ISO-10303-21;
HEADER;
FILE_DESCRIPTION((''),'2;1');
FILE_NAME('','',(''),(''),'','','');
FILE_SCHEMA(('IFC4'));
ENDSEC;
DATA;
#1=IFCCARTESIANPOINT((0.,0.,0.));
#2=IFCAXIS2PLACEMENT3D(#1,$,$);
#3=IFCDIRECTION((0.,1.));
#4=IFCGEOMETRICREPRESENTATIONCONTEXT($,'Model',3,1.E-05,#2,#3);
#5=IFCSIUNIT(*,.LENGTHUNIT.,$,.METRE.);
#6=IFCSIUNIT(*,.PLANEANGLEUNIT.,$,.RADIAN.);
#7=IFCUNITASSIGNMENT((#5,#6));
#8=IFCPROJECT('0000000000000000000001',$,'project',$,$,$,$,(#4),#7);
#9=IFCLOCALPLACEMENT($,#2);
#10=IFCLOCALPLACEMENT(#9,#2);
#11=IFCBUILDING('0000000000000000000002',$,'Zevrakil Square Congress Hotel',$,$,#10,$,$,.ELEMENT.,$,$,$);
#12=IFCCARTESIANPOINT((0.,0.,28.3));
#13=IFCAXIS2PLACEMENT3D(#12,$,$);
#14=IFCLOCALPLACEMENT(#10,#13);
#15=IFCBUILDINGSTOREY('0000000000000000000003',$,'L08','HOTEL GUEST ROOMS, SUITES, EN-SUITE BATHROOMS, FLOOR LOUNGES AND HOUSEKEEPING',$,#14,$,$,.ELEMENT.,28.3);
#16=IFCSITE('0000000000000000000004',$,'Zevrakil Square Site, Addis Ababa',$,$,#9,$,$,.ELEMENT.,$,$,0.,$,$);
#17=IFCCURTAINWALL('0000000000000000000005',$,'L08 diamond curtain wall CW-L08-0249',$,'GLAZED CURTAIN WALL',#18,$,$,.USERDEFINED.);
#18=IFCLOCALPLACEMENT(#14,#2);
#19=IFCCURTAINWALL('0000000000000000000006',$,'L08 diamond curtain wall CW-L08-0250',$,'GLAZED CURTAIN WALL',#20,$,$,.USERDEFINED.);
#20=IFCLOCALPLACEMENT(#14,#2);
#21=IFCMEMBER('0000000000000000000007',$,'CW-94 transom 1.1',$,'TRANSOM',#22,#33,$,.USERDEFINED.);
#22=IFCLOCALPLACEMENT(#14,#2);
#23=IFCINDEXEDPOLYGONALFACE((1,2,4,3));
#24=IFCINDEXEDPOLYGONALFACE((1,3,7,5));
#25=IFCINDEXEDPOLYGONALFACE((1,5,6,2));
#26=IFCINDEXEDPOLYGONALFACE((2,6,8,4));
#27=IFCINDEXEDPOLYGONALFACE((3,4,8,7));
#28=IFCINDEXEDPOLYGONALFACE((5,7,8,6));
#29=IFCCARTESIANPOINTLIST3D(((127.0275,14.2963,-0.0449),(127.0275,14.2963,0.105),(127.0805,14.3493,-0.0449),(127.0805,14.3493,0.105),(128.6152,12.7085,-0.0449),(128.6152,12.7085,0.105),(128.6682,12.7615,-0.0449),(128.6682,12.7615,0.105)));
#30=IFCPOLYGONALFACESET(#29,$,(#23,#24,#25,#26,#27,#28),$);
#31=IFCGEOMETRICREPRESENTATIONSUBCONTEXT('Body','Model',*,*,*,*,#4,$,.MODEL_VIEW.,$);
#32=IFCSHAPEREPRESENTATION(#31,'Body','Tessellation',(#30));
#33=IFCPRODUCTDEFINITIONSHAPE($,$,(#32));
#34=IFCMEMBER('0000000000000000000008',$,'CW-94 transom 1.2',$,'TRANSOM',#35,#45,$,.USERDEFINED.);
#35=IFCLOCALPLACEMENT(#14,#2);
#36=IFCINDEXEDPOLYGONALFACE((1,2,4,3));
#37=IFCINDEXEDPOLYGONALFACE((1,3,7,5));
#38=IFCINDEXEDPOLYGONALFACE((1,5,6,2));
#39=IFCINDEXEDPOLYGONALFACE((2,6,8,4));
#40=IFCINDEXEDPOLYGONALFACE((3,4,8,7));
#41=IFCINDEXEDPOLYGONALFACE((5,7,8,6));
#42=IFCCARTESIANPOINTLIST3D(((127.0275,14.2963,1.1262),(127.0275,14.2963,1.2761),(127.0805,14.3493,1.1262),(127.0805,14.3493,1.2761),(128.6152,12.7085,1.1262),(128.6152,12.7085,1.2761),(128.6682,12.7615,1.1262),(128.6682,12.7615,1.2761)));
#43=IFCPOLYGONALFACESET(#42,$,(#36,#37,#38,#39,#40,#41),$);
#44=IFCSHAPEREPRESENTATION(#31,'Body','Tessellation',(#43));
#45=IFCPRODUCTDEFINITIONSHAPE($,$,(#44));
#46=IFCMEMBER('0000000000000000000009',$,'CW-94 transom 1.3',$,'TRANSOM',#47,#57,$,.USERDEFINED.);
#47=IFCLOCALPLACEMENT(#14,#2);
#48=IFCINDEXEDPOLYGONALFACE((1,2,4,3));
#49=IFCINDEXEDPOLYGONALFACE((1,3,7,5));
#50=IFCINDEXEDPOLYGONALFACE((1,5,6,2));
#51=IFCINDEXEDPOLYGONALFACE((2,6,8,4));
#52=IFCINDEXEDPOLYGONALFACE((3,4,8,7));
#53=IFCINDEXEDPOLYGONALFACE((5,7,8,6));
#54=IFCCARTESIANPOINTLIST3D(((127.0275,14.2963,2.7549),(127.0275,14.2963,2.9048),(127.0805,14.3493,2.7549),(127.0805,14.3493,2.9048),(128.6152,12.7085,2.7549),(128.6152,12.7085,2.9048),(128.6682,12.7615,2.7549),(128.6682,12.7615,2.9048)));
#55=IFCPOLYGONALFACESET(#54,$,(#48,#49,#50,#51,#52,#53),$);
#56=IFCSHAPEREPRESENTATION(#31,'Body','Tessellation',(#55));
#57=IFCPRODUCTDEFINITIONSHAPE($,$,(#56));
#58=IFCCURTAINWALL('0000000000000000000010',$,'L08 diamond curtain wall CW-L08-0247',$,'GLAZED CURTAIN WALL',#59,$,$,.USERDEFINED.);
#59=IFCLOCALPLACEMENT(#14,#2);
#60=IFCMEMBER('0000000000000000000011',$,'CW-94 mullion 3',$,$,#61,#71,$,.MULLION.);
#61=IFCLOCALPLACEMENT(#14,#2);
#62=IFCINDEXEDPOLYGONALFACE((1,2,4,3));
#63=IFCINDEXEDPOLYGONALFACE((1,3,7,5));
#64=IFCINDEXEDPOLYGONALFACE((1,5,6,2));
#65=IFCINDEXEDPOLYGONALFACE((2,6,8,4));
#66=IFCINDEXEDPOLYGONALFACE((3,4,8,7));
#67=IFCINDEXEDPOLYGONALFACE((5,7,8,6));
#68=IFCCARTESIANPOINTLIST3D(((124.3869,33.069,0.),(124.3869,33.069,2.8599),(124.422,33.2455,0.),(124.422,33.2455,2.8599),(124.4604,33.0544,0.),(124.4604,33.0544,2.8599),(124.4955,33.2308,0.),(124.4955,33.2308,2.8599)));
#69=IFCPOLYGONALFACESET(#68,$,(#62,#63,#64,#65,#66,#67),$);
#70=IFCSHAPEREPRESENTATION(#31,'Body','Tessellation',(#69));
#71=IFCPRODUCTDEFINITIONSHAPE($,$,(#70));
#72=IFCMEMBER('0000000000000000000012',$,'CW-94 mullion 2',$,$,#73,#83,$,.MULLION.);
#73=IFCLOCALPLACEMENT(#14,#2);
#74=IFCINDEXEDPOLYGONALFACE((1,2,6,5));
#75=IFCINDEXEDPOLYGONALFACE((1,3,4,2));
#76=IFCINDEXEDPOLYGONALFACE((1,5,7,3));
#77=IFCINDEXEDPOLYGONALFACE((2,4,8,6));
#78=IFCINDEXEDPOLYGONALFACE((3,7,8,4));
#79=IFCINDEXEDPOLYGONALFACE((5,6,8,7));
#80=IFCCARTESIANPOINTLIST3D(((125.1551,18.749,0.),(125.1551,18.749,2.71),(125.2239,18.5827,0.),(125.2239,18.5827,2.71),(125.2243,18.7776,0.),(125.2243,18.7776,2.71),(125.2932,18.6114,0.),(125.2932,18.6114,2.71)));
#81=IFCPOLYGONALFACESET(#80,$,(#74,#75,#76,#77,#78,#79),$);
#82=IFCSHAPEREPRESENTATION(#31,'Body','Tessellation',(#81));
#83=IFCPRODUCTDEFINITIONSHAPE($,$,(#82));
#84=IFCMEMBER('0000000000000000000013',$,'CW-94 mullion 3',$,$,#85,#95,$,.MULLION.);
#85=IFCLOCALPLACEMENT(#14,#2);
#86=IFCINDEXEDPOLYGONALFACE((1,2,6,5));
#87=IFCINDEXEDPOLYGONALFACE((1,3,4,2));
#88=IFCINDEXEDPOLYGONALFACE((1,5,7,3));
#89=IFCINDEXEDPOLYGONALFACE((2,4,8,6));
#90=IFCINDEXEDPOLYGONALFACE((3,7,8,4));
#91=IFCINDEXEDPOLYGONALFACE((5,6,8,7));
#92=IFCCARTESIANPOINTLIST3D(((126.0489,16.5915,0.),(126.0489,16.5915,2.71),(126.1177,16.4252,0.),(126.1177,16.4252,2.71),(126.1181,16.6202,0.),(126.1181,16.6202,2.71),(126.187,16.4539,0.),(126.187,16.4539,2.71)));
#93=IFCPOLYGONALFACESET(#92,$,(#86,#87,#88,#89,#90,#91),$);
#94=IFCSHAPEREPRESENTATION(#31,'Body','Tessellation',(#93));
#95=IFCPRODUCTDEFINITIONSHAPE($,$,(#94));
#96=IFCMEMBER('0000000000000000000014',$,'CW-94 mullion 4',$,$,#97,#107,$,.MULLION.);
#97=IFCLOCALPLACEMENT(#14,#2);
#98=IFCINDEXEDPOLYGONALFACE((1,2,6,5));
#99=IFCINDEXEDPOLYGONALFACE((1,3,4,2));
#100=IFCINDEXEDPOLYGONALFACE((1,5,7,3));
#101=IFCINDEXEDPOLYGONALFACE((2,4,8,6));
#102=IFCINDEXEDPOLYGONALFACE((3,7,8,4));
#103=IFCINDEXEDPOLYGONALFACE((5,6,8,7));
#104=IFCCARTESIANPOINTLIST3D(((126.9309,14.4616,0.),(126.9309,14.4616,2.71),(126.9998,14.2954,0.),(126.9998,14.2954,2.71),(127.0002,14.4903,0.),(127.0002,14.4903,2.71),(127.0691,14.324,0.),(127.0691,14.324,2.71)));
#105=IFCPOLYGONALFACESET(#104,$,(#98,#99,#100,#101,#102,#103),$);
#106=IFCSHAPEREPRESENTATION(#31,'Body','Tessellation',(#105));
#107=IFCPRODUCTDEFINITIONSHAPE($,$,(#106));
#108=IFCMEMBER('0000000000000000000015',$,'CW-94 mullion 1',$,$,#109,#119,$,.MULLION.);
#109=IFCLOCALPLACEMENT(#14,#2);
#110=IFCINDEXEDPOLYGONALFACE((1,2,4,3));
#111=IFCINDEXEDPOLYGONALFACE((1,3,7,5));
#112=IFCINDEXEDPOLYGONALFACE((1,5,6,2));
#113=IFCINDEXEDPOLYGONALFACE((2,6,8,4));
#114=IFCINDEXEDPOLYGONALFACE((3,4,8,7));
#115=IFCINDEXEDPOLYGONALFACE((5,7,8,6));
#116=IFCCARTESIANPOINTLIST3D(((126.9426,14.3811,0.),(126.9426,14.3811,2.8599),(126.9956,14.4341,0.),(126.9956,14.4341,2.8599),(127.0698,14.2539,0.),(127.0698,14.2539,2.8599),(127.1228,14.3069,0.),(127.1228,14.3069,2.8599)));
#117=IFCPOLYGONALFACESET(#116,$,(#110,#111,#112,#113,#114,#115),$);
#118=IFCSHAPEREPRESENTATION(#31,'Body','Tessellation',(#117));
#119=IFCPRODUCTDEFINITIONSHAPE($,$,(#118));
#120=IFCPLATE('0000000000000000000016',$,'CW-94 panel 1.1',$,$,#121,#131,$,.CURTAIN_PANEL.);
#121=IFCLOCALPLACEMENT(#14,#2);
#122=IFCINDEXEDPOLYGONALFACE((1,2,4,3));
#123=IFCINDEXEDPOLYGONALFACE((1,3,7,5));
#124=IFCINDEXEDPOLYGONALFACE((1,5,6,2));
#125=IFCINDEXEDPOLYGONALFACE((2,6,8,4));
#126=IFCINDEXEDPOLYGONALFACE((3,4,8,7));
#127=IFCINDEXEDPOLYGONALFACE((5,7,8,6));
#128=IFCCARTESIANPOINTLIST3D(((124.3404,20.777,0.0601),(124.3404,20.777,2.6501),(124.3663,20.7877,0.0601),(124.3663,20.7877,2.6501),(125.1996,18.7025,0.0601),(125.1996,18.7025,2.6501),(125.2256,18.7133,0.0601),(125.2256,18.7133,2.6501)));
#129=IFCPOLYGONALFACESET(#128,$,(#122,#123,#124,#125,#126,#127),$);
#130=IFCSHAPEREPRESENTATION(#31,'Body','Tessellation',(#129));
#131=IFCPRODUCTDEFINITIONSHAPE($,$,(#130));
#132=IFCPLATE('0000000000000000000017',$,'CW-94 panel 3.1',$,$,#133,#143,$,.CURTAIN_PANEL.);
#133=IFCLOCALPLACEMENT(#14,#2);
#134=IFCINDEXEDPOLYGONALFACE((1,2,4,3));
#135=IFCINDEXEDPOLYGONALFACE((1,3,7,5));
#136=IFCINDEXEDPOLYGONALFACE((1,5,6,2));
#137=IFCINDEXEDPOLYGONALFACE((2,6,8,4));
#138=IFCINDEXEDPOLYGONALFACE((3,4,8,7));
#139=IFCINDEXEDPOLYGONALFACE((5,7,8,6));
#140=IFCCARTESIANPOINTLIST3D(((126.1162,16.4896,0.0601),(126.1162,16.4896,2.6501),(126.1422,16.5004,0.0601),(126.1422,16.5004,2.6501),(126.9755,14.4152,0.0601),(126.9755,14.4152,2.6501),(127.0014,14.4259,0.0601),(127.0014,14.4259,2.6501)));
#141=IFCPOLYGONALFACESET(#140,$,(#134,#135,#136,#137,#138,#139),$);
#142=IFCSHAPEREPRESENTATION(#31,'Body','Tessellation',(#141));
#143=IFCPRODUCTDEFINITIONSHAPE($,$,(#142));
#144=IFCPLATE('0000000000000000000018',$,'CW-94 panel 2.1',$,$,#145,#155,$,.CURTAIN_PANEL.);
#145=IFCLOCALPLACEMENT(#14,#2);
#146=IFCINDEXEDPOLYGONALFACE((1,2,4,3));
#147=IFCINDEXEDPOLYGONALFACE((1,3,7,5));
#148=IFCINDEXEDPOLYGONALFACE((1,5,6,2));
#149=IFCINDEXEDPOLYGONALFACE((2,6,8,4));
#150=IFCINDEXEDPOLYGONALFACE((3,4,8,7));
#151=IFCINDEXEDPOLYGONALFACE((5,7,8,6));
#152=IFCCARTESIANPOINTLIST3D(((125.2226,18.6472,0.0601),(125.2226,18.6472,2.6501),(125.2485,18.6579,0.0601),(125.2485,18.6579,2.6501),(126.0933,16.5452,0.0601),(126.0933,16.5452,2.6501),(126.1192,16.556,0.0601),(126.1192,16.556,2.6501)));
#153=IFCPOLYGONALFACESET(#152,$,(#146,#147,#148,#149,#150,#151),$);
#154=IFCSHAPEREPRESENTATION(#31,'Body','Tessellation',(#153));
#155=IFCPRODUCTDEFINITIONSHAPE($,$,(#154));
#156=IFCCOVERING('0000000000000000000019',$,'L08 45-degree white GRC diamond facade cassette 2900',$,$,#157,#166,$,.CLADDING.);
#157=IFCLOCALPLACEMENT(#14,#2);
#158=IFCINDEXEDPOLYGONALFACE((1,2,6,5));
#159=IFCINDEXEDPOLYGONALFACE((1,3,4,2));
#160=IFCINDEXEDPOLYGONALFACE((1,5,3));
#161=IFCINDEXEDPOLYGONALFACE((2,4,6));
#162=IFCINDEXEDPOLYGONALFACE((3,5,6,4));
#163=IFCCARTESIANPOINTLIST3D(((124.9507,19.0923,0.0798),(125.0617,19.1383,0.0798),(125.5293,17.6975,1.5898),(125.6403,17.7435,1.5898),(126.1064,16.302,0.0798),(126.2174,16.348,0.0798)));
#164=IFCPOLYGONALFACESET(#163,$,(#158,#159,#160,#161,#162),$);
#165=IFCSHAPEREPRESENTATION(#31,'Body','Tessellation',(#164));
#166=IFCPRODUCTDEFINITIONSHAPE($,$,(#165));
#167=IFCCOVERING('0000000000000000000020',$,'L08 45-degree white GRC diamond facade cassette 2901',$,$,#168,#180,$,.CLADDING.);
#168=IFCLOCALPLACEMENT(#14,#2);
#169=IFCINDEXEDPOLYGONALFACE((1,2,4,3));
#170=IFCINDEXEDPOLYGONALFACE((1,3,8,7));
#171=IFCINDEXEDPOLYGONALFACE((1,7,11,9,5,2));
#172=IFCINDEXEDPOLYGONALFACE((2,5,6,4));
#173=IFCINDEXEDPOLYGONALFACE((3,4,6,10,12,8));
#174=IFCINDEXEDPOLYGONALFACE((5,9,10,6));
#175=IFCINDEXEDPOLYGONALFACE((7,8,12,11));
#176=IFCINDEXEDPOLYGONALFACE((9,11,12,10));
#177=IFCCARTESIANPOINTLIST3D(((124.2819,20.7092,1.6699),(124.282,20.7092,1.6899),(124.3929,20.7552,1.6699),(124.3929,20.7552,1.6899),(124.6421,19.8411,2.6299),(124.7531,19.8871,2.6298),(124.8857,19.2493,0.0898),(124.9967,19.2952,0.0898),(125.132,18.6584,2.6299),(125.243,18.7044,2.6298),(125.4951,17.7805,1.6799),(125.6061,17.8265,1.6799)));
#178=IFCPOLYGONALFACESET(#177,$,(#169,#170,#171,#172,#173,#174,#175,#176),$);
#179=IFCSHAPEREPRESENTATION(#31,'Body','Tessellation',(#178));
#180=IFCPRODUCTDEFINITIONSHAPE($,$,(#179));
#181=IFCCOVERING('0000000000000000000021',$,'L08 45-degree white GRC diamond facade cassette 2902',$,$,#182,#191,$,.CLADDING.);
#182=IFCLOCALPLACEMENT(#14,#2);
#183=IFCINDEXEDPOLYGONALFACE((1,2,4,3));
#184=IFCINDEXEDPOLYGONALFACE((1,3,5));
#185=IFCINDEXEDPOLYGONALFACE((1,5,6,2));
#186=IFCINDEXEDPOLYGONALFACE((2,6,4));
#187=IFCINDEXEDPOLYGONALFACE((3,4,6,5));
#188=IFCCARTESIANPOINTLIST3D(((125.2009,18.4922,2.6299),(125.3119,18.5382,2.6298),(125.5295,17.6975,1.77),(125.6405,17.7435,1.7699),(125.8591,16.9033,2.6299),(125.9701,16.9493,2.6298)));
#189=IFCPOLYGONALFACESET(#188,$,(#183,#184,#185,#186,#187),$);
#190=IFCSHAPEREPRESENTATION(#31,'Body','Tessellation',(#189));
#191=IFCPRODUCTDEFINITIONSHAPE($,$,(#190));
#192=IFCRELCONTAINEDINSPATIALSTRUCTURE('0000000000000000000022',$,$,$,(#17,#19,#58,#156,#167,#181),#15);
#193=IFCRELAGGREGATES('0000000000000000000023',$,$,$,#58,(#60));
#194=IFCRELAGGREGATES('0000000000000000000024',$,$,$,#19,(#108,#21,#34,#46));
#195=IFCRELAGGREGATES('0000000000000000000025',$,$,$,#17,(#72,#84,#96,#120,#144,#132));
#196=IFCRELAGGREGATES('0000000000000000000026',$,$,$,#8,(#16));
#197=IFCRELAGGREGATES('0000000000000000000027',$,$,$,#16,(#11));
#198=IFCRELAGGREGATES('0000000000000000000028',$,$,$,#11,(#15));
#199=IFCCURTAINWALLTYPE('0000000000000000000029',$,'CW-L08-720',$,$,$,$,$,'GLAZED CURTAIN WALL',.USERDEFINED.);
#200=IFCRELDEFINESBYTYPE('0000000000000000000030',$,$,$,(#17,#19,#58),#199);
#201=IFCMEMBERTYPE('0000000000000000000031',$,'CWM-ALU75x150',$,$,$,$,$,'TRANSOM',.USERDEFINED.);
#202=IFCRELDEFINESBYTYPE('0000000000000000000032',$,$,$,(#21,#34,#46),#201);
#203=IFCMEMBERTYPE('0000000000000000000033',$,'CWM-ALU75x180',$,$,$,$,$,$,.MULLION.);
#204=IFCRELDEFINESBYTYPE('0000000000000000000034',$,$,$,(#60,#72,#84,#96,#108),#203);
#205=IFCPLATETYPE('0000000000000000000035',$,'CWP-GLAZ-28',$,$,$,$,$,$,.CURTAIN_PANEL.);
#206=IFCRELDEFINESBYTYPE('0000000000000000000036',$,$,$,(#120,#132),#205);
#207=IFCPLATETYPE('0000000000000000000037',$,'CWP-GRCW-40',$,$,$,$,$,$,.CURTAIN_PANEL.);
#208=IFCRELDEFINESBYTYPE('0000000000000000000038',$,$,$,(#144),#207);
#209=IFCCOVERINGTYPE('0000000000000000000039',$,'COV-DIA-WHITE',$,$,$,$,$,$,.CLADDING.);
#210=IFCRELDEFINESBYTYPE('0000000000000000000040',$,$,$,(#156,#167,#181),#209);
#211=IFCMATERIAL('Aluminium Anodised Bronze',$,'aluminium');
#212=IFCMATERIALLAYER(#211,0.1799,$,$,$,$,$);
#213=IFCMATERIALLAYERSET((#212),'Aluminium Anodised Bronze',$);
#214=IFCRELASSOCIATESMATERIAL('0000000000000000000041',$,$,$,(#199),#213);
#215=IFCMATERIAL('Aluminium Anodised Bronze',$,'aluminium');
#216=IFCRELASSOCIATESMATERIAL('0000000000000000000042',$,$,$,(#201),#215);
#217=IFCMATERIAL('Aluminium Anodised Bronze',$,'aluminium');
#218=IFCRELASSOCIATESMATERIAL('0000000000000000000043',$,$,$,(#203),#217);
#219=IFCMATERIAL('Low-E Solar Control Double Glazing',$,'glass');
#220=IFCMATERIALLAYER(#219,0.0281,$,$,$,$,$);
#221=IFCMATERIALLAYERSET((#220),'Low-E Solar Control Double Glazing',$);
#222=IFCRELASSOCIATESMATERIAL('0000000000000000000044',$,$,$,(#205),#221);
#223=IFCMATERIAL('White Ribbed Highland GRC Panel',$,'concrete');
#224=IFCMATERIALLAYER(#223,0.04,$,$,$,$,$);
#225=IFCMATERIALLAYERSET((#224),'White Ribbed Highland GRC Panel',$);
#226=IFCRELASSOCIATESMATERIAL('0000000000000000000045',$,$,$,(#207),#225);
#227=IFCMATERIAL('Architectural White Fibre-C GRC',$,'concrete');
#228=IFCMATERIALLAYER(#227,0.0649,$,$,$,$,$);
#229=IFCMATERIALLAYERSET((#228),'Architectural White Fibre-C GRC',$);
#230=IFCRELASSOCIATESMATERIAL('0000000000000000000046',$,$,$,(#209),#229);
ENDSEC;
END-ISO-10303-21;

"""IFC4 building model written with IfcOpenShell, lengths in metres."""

from ifc_helpers import new_model, si_unit, direction, frame, origin, origin_2d, place, context, subcontext, project, spatial, polyline, rectangle, outline, extrude, material, layer, layer_set, material_profile, profile_set, type_object, element, aggregate, save


model = new_model("IFC4")

# Units and contexts
model_context = context("Model", 3, precision=1e-05, world=origin(), true_north=direction((0.0, 1.0)))
body_context = subcontext(model_context, "Body", "Model", "MODEL_VIEW")
ifc_project = project(units=[si_unit("LENGTHUNIT", "METRE"), si_unit("PLANEANGLEUNIT", "RADIAN")], contexts=[model_context])

# Site, building, storey
site_placement = place(None, origin())
site = spatial("IfcSite", under=ifc_project, at=site_placement, Name="Zevrakil Square Site, Addis Ababa", CompositionType="ELEMENT", RefElevation=0.0)
building_placement = place(site_placement, origin())
building = spatial("IfcBuilding", under=site, at=building_placement, Name="Zevrakil Square Congress Hotel", CompositionType="ELEMENT")
storey_placement = place(building_placement, frame((0.0, 0.0, 28.3)))
storey = spatial("IfcBuildingStorey", under=building, at=storey_placement, Name="L08", Description="HOTEL GUEST ROOMS, SUITES, EN-SUITE BATHROOMS, FLOOR LOUNGES AND HOUSEKEEPING", CompositionType="ELEMENT", Elevation=28.3)

# Curtain walls, members
ifc_material_1 = material(Name="Aluminium Anodised Bronze", Category="aluminium")
ifc_layer_1 = layer(ifc_material_1, 0.1799)
ifc_layer_set_1 = layer_set([ifc_layer_1], Name="Aluminium Anodised Bronze")
curtain_wall_type = type_object("IfcCurtainWallType", Name="CW-L08-720", ElementType="GLAZED CURTAIN WALL", PredefinedType="USERDEFINED", material=ifc_layer_set_1)
curtain_wall_1_placement = place(storey_placement, origin())
curtain_wall_1 = element("IfcCurtainWall", 1, at=curtain_wall_1_placement, inside=storey, type_object=curtain_wall_type, Name="L08 diamond curtain wall CW-L08-0249", ObjectType="GLAZED CURTAIN WALL", PredefinedType="USERDEFINED")
ifc_material_2 = material(Name="Aluminium Anodised Bronze", Category="aluminium")
ifc_material_profile_1 = material_profile(ifc_material_2, rectangle(XDim=0.075, YDim=0.1499, at=origin_2d()), Name="ALU 75x150")
ifc_profile_set_1 = profile_set([ifc_material_profile_1], Name="Aluminium Anodised Bronze")
member_type_1 = type_object("IfcMemberType", Name="CWM-ALU75x150", ElementType="TRANSOM", PredefinedType="USERDEFINED", material=ifc_profile_set_1)
curtain_wall_2_placement = place(storey_placement, origin())
curtain_wall_2 = element("IfcCurtainWall", 2, at=curtain_wall_2_placement, inside=storey, type_object=curtain_wall_type, Name="L08 diamond curtain wall CW-L08-0250", ObjectType="GLAZED CURTAIN WALL", PredefinedType="USERDEFINED")
member_1_placement = place(storey_placement, frame((127.054, 14.3228, 0.03), z_axis=(0.707107, -0.707107, 0.0), x_axis=(0.707107, 0.707107, 0.0)))
member_1 = element("IfcMember", 3, at=member_1_placement, type_object=member_type_1, Name="CW-94 transom 1.1", ObjectType="TRANSOM", PredefinedType="USERDEFINED", context=body_context, shape_type="SweptSolid", body=[
    extrude(rectangle(XDim=0.075, YDim=0.1499, at=origin_2d()), origin(), (0.0, 0.0, 1.0), 2.2454),
])
member_2_placement = place(storey_placement, frame((127.054, 14.3228, 1.2012), z_axis=(0.707107, -0.707107, 0.0), x_axis=(0.707107, 0.707107, 0.0)))
member_2 = element("IfcMember", 4, at=member_2_placement, type_object=member_type_1, Name="CW-94 transom 1.2", ObjectType="TRANSOM", PredefinedType="USERDEFINED", context=body_context, shape_type="SweptSolid", body=[
    extrude(rectangle(XDim=0.075, YDim=0.1499, at=origin_2d()), origin(), (0.0, 0.0, 1.0), 2.2454),
])
member_3_placement = place(storey_placement, frame((127.054, 14.3228, 2.8298), z_axis=(0.707107, -0.707107, 0.0), x_axis=(0.707107, 0.707107, 0.0)))
member_3 = element("IfcMember", 5, at=member_3_placement, type_object=member_type_1, Name="CW-94 transom 1.3", ObjectType="TRANSOM", PredefinedType="USERDEFINED", context=body_context, shape_type="SweptSolid", body=[
    extrude(rectangle(XDim=0.075, YDim=0.1499, at=origin_2d()), origin(), (0.0, 0.0, 1.0), 2.2454),
])

# Curtain wall, member
curtain_wall_3_placement = place(storey_placement, origin())
curtain_wall_3 = element("IfcCurtainWall", 6, at=curtain_wall_3_placement, inside=storey, type_object=curtain_wall_type, Name="L08 diamond curtain wall CW-L08-0247", ObjectType="GLAZED CURTAIN WALL", PredefinedType="USERDEFINED")
ifc_material_3 = material(Name="Aluminium Anodised Bronze", Category="aluminium")
ifc_material_profile_2 = material_profile(ifc_material_3, rectangle(XDim=0.075, YDim=0.1799, at=origin_2d()), Name="ALU 75x180")
ifc_profile_set_2 = profile_set([ifc_material_profile_2], Name="Aluminium Anodised Bronze")
member_type_2 = type_object("IfcMemberType", Name="CWM-ALU75x180", PredefinedType="MULLION", material=ifc_profile_set_2)
member_4_placement = place(storey_placement, frame((124.4412, 33.1499, 0.0), z_axis=(0.0, 0.0, 1.0), x_axis=(0.980787, -0.195084, 0.0)))
member_4 = element("IfcMember", 7, at=member_4_placement, type_object=member_type_2, Name="CW-94 mullion 3", PredefinedType="MULLION", context=body_context, shape_type="SweptSolid", body=[
    extrude(rectangle(XDim=0.075, YDim=0.1799, at=origin_2d()), origin(), (0.0, 0.0, 1.0), 2.8599),
])
aggregate(curtain_wall_3, [member_4])

# Members
member_5_placement = place(storey_placement, frame((125.2241, 18.6802, 0.0), z_axis=(0.0, 0.0, 1.0), x_axis=(0.923879, 0.382684, 0.0)))
member_5 = element("IfcMember", 8, at=member_5_placement, type_object=member_type_2, Name="CW-94 mullion 2", PredefinedType="MULLION", context=body_context, shape_type="SweptSolid", body=[
    extrude(rectangle(XDim=0.075, YDim=0.1799, at=origin_2d()), origin(), (0.0, 0.0, 1.0), 2.71),
])
member_6_placement = place(storey_placement, frame((126.1179, 16.5227, 0.0), z_axis=(0.0, 0.0, 1.0), x_axis=(0.923879, 0.382684, 0.0)))
member_6 = element("IfcMember", 9, at=member_6_placement, type_object=member_type_2, Name="CW-94 mullion 3", PredefinedType="MULLION", context=body_context, shape_type="SweptSolid", body=[
    extrude(rectangle(XDim=0.075, YDim=0.1799, at=origin_2d()), origin(), (0.0, 0.0, 1.0), 2.71),
])
member_7_placement = place(storey_placement, frame((127.0, 14.3928, 0.0), z_axis=(0.0, 0.0, 1.0), x_axis=(0.923879, 0.382684, 0.0)))
member_7 = element("IfcMember", 10, at=member_7_placement, type_object=member_type_2, Name="CW-94 mullion 4", PredefinedType="MULLION", context=body_context, shape_type="SweptSolid", body=[
    extrude(rectangle(XDim=0.075, YDim=0.1799, at=origin_2d()), origin(), (0.0, 0.0, 1.0), 2.71),
])
member_8_placement = place(storey_placement, frame((127.0327, 14.344, 0.0), z_axis=(0.0, 0.0, 1.0), x_axis=(0.707107, 0.707107, 0.0)))
member_8 = element("IfcMember", 11, at=member_8_placement, type_object=member_type_2, Name="CW-94 mullion 1", PredefinedType="MULLION", context=body_context, shape_type="SweptSolid", body=[
    extrude(rectangle(XDim=0.075, YDim=0.1799, at=origin_2d()), origin(), (0.0, 0.0, 1.0), 2.8599),
])
aggregate(curtain_wall_2, [member_8, member_1, member_2, member_3])

# Plates
ifc_material_4 = material(Name="Low-E Solar Control Double Glazing", Category="glass")
ifc_layer_2 = layer(ifc_material_4, 0.0281)
ifc_layer_set_2 = layer_set([ifc_layer_2], Name="Low-E Solar Control Double Glazing")
plate_type_1 = type_object("IfcPlateType", Name="CWP-GLAZ-28", PredefinedType="CURTAIN_PANEL", material=ifc_layer_set_2)
plate_1_placement = place(storey_placement, frame((124.783, 19.7451, 0.0601), z_axis=(0.0, 0.0, 1.0), x_axis=(0.382684, -0.923879, 0.0)))
plate_1 = element("IfcPlate", 12, at=plate_1_placement, type_object=plate_type_1, Name="CW-94 panel 1.1", PredefinedType="CURTAIN_PANEL", context=body_context, shape_type="SweptSolid", body=[
    extrude(rectangle(XDim=2.2454, YDim=0.0281, at=origin_2d()), origin(), (0.0, 0.0, 1.0), 2.5901),
])
plate_2_placement = place(storey_placement, frame((126.5588, 15.4578, 0.0601), z_axis=(0.0, 0.0, 1.0), x_axis=(0.382684, -0.923879, 0.0)))
plate_2 = element("IfcPlate", 13, at=plate_2_placement, type_object=plate_type_1, Name="CW-94 panel 3.1", PredefinedType="CURTAIN_PANEL", context=body_context, shape_type="SweptSolid", body=[
    extrude(rectangle(XDim=2.2454, YDim=0.0281, at=origin_2d()), origin(), (0.0, 0.0, 1.0), 2.5901),
])
ifc_material_5 = material(Name="White Ribbed Highland GRC Panel", Category="concrete")
ifc_layer_3 = layer(ifc_material_5, 0.04)
ifc_layer_set_3 = layer_set([ifc_layer_3], Name="White Ribbed Highland GRC Panel")
plate_type_2 = type_object("IfcPlateType", Name="CWP-GRCW-40", PredefinedType="CURTAIN_PANEL", material=ifc_layer_set_3)
plate_3_placement = place(storey_placement, frame((125.6709, 17.6016, 0.0601), z_axis=(0.0, 0.0, 1.0), x_axis=(0.382684, -0.923879, 0.0)))
plate_3 = element("IfcPlate", 14, at=plate_3_placement, type_object=plate_type_2, Name="CW-94 panel 2.1", PredefinedType="CURTAIN_PANEL", context=body_context, shape_type="SweptSolid", body=[
    extrude(rectangle(XDim=2.2751, YDim=0.0281, at=origin_2d()), origin(), (0.0, 0.0, 1.0), 2.5901),
])
aggregate(curtain_wall_1, [member_5, member_6, member_7, plate_1, plate_3, plate_2])

# Coverings
ifc_material_6 = material(Name="Architectural White Fibre-C GRC", Category="concrete")
ifc_layer_4 = layer(ifc_material_6, 0.0649)
ifc_layer_set_4 = layer_set([ifc_layer_4], Name="Architectural White Fibre-C GRC")
covering_type_1 = type_object("IfcCoveringType", Name="COV-DIA-WHITE", PredefinedType="CLADDING", material=ifc_layer_set_4)
covering_1_placement = place(storey_placement, frame((125.5293, 17.6975, 1.5898), z_axis=(-0.923881, -0.38268, 0.000541), x_axis=(0.270255, -0.653458, -0.707075)))
element("IfcCovering", 15, at=covering_1_placement, inside=storey, type_object=covering_type_1, Name="L08 45-degree white GRC diamond facade cassette 2900", PredefinedType="CLADDING", context=body_context, shape_type="SweptSolid", body=[
    extrude(outline(polyline([(0.0, 0.0), (2.1356, 0.0), (-0.0001, -2.1355), (0.0, 0.0)])), origin(), (0.0, 0.0, -1.0), 0.1201),
])
covering_2_placement = place(storey_placement, frame((125.4951, 17.7805, 1.6799), z_axis=(-0.923873, -0.3827, 0.000558), x_axis=(-0.270979, 0.653137, -0.707094)))
element("IfcCovering", 16, at=covering_2_placement, inside=storey, type_object=covering_type_1, Name="L08 45-degree white GRC diamond facade cassette 2901", PredefinedType="CLADDING", context=body_context, shape_type="SweptSolid", body=[
    extrude(outline(polyline([(0.0, 0.0), (2.2488, 0.0), (2.2487, -2.2344), (2.2345, -2.2486), (0.9053, -2.2486), (0.0001, -1.3435), (0.0, 0.0)])), origin(), (0.0, 0.0, -1.0), 0.1201),
])
covering_3_placement = place(storey_placement, frame((125.5295, 17.6975, 1.77), z_axis=(-0.923864, -0.382719, 0.000633), x_axis=(-0.270222, 0.653472, 0.707075)))
element("IfcCovering", 17, at=covering_3_placement, inside=storey, type_object=covering_type_1, Name="L08 45-degree white GRC diamond facade cassette 2902", PredefinedType="CLADDING", context=body_context, shape_type="SweptSolid", body=[
    extrude(outline(polyline([(0.0, 0.0), (1.2161, 0.0), (-0.0001, -1.216), (0.0, 0.0)])), origin(), (0.0, 0.0, -1.0), 0.1201),
])

save(model, "model.ifc")
